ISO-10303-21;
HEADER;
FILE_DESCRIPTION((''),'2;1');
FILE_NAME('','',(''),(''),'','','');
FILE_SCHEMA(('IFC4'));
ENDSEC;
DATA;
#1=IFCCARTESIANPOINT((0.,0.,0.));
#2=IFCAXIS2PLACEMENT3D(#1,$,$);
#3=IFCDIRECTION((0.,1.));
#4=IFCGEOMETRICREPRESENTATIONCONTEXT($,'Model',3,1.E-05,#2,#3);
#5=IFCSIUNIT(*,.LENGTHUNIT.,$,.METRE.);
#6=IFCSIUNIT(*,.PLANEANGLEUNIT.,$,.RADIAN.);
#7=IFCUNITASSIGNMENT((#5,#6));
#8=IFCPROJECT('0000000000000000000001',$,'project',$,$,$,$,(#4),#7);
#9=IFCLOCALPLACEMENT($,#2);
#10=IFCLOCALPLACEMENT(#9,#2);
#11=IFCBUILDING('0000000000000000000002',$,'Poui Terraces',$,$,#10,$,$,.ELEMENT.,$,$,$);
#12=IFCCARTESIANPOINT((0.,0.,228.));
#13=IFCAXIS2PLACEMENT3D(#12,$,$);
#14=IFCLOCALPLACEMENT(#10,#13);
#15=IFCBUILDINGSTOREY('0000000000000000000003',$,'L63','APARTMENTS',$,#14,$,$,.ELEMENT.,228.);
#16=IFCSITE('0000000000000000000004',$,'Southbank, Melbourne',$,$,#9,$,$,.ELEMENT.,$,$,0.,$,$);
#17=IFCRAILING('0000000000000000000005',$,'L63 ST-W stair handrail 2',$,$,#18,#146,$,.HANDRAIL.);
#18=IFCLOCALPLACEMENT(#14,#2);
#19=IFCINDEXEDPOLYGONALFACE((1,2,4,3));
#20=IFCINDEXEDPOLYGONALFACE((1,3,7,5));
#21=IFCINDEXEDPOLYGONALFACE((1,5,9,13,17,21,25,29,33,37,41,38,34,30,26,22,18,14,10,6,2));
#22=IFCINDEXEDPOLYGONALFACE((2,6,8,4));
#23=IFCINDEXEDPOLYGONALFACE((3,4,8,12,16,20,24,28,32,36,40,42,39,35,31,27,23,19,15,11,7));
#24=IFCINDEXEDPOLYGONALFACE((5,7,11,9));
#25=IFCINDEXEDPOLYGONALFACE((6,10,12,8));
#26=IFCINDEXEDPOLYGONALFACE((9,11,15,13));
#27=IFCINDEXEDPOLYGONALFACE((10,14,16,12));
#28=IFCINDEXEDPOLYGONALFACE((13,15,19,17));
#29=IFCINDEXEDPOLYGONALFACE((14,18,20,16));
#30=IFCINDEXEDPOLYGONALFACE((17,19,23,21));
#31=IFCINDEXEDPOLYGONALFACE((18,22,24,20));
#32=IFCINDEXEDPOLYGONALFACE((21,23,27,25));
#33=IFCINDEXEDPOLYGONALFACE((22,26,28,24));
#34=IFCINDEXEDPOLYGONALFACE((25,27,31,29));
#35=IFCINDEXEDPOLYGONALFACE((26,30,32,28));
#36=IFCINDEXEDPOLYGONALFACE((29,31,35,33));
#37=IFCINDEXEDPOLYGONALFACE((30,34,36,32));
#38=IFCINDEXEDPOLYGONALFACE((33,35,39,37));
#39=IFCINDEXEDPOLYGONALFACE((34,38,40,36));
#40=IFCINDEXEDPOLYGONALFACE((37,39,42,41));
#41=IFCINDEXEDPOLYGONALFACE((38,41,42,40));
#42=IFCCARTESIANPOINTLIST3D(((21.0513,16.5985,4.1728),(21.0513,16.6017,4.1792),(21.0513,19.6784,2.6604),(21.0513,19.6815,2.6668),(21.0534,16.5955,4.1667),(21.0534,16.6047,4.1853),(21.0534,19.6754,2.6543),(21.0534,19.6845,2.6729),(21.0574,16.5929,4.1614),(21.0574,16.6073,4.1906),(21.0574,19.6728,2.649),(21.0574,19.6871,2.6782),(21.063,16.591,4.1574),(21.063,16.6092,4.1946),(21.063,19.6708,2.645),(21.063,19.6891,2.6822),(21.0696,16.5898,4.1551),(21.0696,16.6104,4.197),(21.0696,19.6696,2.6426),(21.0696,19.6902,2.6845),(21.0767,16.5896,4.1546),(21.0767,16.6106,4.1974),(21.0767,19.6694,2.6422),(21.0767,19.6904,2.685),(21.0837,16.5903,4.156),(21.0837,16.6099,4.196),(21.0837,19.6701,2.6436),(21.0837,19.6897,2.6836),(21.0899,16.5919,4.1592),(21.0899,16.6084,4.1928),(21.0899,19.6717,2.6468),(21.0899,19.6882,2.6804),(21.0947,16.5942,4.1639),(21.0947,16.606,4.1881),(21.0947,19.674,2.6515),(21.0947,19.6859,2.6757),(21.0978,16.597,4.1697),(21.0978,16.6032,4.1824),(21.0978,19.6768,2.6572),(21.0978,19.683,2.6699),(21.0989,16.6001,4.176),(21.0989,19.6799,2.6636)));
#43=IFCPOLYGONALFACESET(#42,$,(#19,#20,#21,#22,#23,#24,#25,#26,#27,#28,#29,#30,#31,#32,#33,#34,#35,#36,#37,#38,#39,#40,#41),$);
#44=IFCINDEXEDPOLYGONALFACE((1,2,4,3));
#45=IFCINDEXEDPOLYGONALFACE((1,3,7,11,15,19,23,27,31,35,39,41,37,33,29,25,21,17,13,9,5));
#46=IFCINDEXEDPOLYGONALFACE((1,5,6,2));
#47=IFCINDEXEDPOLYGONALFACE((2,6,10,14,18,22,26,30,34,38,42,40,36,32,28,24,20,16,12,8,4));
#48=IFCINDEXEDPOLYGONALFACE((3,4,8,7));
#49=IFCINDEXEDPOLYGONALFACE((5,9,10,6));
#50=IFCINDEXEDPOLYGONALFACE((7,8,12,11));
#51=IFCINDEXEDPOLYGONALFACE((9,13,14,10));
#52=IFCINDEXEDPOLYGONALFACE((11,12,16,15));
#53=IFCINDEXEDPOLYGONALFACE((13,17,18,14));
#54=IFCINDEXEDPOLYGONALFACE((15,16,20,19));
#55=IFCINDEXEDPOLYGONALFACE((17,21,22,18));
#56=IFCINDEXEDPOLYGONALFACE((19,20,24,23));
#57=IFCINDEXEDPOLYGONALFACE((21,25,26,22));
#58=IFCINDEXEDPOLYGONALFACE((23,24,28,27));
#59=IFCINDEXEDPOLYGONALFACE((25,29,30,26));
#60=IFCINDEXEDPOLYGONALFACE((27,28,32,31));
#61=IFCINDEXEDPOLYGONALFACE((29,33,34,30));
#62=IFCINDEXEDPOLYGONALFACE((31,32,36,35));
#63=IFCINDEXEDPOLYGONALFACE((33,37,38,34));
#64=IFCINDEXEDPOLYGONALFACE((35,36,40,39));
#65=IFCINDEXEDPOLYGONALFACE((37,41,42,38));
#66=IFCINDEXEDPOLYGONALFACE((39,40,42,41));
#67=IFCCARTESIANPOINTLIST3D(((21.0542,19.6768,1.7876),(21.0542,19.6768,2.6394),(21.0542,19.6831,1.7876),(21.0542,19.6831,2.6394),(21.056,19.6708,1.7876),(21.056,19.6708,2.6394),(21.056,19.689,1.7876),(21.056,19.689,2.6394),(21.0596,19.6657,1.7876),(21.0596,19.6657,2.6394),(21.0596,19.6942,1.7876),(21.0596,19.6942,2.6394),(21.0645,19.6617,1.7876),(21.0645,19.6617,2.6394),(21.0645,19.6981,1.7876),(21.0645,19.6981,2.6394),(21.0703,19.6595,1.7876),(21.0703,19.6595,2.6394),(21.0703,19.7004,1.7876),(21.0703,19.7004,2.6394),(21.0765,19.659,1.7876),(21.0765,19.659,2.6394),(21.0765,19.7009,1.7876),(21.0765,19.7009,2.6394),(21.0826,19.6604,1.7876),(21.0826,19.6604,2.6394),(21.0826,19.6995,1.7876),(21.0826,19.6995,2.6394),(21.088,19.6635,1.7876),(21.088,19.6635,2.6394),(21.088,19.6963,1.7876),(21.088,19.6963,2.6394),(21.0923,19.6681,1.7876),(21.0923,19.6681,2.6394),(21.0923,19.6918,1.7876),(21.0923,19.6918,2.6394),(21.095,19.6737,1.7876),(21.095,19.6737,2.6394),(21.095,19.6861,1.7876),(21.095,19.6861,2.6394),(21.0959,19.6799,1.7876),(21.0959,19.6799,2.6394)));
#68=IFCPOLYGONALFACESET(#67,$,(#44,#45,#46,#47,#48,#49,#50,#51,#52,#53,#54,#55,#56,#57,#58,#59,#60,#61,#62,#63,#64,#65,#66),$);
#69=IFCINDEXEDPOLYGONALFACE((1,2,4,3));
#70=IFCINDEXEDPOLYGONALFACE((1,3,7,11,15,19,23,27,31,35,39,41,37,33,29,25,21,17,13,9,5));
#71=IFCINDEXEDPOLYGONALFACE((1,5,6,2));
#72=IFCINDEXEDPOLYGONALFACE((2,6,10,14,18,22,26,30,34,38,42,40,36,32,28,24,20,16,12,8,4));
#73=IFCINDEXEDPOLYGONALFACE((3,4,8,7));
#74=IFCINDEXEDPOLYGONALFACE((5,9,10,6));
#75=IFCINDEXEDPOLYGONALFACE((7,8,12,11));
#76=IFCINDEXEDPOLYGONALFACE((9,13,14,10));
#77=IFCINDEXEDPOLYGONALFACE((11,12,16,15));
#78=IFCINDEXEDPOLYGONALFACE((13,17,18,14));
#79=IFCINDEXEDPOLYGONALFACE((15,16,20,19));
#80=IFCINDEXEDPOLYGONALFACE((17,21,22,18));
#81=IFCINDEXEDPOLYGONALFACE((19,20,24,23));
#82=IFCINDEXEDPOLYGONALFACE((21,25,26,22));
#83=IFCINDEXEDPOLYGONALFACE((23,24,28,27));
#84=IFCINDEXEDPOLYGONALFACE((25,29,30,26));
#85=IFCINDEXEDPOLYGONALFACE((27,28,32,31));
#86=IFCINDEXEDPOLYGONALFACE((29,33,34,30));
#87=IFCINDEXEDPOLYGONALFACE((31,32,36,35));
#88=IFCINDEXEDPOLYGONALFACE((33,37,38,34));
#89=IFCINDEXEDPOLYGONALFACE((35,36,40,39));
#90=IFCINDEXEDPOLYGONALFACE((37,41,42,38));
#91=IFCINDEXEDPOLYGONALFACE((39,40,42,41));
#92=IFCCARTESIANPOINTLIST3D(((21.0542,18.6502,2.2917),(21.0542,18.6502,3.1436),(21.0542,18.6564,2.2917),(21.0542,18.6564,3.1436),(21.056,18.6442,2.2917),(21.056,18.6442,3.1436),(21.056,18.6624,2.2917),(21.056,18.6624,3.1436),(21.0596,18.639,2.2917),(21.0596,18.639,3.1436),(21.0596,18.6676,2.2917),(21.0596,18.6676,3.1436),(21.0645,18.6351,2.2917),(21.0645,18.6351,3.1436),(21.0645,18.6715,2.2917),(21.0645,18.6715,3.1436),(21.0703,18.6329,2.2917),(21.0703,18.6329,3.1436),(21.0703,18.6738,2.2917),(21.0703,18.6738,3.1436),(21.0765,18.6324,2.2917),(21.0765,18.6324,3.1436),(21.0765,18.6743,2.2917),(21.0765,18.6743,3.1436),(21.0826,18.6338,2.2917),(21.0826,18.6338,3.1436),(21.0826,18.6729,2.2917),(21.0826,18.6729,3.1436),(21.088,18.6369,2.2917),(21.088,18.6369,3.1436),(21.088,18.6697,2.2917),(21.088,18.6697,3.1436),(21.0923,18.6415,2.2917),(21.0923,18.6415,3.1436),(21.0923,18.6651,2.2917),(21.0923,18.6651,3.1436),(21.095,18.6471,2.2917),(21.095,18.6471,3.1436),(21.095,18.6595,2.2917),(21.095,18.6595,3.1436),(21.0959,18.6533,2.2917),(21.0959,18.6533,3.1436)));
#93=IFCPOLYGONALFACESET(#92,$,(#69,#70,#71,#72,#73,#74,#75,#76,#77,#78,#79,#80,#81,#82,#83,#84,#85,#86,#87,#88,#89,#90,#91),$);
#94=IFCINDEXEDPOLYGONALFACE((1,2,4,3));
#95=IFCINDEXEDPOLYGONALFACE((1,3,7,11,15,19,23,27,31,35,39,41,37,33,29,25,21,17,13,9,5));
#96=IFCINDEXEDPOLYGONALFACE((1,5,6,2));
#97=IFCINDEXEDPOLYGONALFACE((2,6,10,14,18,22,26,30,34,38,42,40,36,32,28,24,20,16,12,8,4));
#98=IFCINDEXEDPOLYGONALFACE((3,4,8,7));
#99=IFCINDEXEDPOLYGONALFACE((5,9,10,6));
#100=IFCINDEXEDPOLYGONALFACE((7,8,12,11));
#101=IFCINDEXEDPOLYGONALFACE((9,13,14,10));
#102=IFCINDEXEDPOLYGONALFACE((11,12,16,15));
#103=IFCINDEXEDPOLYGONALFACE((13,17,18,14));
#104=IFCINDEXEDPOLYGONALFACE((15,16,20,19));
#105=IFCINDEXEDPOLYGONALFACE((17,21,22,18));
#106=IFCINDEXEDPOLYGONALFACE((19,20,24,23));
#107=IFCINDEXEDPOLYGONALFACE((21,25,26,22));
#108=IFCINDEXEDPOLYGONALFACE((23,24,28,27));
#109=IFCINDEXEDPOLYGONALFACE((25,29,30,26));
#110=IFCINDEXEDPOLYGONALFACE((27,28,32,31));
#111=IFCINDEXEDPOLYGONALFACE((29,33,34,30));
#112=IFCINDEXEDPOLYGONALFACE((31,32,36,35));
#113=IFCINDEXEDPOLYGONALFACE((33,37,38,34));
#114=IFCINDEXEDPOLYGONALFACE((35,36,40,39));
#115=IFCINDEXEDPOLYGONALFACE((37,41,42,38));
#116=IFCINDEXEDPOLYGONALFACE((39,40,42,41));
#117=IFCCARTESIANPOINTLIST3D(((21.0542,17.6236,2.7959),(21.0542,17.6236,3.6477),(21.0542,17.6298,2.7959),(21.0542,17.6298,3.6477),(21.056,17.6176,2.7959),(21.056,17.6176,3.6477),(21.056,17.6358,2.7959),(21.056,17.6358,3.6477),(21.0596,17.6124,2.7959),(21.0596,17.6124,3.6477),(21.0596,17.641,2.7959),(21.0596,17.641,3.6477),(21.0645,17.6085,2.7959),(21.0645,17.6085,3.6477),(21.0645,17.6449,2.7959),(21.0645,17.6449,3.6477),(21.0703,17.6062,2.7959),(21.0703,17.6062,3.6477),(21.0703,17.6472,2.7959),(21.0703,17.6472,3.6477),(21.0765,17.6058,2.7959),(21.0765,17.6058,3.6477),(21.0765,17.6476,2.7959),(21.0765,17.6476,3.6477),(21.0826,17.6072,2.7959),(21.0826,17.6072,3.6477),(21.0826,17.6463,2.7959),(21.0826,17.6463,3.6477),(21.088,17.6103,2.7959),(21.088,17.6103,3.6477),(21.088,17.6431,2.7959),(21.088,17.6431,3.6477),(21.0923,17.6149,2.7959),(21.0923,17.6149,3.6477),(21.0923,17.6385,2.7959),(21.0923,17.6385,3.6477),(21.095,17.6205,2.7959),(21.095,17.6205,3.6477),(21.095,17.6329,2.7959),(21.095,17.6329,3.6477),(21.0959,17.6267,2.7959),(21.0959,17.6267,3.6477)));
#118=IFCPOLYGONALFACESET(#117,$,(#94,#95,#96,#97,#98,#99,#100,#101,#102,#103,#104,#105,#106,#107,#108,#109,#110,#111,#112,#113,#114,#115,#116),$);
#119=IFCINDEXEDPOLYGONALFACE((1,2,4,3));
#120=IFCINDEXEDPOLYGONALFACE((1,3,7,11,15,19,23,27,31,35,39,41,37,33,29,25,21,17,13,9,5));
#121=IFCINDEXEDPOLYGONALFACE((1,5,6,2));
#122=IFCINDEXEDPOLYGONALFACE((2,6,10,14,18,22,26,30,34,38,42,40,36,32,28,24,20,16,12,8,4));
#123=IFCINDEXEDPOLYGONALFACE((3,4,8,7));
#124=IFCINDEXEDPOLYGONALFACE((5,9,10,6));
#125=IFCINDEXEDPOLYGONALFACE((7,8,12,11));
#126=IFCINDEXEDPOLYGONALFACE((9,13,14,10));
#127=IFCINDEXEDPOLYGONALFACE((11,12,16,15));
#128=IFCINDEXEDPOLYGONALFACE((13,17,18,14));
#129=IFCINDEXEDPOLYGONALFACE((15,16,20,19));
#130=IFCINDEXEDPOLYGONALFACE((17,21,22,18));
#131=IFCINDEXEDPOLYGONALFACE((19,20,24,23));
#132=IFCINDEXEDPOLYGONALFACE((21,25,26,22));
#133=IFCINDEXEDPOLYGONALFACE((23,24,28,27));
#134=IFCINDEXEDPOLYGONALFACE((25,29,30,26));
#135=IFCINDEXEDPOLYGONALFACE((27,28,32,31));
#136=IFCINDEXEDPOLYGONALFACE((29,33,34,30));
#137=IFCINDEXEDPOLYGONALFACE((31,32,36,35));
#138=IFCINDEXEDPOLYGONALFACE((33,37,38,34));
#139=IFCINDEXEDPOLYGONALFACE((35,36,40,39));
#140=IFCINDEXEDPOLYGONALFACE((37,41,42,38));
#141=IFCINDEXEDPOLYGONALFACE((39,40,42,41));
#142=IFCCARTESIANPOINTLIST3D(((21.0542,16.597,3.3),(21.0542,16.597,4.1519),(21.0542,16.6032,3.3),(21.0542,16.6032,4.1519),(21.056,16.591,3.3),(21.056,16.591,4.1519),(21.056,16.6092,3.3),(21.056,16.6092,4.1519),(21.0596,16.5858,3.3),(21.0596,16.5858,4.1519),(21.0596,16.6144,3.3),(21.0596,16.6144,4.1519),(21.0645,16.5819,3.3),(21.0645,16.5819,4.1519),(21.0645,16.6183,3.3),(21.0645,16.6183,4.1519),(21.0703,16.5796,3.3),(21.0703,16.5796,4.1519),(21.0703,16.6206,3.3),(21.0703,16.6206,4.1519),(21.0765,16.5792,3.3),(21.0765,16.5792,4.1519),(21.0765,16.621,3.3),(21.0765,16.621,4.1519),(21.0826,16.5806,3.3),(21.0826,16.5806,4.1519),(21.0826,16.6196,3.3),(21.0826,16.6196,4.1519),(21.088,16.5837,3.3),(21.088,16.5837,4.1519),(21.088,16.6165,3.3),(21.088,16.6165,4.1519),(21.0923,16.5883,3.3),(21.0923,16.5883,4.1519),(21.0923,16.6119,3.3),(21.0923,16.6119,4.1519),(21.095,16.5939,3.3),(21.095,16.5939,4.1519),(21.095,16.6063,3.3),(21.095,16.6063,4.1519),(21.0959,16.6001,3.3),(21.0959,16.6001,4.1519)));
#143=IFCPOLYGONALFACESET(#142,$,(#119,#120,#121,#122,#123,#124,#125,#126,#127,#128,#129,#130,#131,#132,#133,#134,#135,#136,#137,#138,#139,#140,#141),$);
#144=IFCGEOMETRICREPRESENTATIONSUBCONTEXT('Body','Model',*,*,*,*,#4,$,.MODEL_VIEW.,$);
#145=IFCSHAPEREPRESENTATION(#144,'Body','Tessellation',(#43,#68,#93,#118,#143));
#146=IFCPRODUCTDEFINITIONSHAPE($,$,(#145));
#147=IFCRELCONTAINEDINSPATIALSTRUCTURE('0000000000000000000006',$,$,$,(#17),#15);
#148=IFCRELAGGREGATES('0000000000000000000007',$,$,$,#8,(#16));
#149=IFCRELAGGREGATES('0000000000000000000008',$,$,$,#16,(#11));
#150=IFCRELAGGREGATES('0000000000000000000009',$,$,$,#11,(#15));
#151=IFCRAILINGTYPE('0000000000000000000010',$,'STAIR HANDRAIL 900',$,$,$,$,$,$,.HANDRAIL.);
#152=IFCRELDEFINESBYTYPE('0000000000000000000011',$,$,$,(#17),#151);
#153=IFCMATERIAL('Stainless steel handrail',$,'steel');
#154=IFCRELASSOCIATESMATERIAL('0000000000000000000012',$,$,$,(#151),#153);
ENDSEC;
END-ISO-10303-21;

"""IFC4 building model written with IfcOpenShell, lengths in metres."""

from ifc_helpers import new_model, si_unit, direction, frame, origin, origin_2d, place, context, subcontext, project, spatial, circle, extrude, material, type_object, element, save


model = new_model("IFC4")

# Units and contexts
model_context = context("Model", 3, precision=1e-05, world=origin(), true_north=direction((0.0, 1.0)))
body_context = subcontext(model_context, "Body", "Model", "MODEL_VIEW")
ifc_project = project(units=[si_unit("LENGTHUNIT", "METRE"), si_unit("PLANEANGLEUNIT", "RADIAN")], contexts=[model_context])

# Site, building, storey
site_placement = place(None, origin())
site = spatial("IfcSite", under=ifc_project, at=site_placement, Name="Southbank, Melbourne", CompositionType="ELEMENT", RefElevation=0.0)
building_placement = place(site_placement, origin())
building = spatial("IfcBuilding", under=site, at=building_placement, Name="Poui Terraces", CompositionType="ELEMENT")
storey_placement = place(building_placement, frame((0.0, 0.0, 228.0)))
storey = spatial("IfcBuildingStorey", under=building, at=storey_placement, Name="L63", Description="APARTMENTS", CompositionType="ELEMENT", Elevation=228.0)

# Railing
ifc_material_1 = material(Name="Stainless steel handrail", Category="steel")
railing_type_1 = type_object("IfcRailingType", Name="STAIR HANDRAIL 900", PredefinedType="HANDRAIL", material=ifc_material_1)
railing_1_placement = place(storey_placement, frame((21.075, 19.6799, 1.7876)))
element("IfcRailing", 1, at=railing_1_placement, inside=storey, type_object=railing_type_1, Name="L63 ST-W stair handrail 2", PredefinedType="HANDRAIL", context=body_context, shape_type="SweptSolid", body=[
    extrude(circle(Radius=0.0239, at=origin_2d()), frame((0.0, 0.0, 0.876), z_axis=(0.0, -0.897606, 0.440798), x_axis=(1.0, 0.0, 0.0)), (0.0, 0.0, 1.0), 3.4312),
    extrude(circle(Radius=0.021, at=origin_2d()), origin(), (0.0, 0.0, 1.0), 0.8518),
    extrude(circle(Radius=0.021, at=origin_2d()), frame((0.0, -1.0266, 0.5042)), (0.0, 0.0, 1.0), 0.8518),
    extrude(circle(Radius=0.021, at=origin_2d()), frame((0.0, -2.0532, 1.0083)), (0.0, 0.0, 1.0), 0.8518),
    extrude(circle(Radius=0.021, at=origin_2d()), frame((0.0, -3.0798, 1.5125)), (0.0, 0.0, 1.0), 0.8518),
])

save(model, "model.ifc")
